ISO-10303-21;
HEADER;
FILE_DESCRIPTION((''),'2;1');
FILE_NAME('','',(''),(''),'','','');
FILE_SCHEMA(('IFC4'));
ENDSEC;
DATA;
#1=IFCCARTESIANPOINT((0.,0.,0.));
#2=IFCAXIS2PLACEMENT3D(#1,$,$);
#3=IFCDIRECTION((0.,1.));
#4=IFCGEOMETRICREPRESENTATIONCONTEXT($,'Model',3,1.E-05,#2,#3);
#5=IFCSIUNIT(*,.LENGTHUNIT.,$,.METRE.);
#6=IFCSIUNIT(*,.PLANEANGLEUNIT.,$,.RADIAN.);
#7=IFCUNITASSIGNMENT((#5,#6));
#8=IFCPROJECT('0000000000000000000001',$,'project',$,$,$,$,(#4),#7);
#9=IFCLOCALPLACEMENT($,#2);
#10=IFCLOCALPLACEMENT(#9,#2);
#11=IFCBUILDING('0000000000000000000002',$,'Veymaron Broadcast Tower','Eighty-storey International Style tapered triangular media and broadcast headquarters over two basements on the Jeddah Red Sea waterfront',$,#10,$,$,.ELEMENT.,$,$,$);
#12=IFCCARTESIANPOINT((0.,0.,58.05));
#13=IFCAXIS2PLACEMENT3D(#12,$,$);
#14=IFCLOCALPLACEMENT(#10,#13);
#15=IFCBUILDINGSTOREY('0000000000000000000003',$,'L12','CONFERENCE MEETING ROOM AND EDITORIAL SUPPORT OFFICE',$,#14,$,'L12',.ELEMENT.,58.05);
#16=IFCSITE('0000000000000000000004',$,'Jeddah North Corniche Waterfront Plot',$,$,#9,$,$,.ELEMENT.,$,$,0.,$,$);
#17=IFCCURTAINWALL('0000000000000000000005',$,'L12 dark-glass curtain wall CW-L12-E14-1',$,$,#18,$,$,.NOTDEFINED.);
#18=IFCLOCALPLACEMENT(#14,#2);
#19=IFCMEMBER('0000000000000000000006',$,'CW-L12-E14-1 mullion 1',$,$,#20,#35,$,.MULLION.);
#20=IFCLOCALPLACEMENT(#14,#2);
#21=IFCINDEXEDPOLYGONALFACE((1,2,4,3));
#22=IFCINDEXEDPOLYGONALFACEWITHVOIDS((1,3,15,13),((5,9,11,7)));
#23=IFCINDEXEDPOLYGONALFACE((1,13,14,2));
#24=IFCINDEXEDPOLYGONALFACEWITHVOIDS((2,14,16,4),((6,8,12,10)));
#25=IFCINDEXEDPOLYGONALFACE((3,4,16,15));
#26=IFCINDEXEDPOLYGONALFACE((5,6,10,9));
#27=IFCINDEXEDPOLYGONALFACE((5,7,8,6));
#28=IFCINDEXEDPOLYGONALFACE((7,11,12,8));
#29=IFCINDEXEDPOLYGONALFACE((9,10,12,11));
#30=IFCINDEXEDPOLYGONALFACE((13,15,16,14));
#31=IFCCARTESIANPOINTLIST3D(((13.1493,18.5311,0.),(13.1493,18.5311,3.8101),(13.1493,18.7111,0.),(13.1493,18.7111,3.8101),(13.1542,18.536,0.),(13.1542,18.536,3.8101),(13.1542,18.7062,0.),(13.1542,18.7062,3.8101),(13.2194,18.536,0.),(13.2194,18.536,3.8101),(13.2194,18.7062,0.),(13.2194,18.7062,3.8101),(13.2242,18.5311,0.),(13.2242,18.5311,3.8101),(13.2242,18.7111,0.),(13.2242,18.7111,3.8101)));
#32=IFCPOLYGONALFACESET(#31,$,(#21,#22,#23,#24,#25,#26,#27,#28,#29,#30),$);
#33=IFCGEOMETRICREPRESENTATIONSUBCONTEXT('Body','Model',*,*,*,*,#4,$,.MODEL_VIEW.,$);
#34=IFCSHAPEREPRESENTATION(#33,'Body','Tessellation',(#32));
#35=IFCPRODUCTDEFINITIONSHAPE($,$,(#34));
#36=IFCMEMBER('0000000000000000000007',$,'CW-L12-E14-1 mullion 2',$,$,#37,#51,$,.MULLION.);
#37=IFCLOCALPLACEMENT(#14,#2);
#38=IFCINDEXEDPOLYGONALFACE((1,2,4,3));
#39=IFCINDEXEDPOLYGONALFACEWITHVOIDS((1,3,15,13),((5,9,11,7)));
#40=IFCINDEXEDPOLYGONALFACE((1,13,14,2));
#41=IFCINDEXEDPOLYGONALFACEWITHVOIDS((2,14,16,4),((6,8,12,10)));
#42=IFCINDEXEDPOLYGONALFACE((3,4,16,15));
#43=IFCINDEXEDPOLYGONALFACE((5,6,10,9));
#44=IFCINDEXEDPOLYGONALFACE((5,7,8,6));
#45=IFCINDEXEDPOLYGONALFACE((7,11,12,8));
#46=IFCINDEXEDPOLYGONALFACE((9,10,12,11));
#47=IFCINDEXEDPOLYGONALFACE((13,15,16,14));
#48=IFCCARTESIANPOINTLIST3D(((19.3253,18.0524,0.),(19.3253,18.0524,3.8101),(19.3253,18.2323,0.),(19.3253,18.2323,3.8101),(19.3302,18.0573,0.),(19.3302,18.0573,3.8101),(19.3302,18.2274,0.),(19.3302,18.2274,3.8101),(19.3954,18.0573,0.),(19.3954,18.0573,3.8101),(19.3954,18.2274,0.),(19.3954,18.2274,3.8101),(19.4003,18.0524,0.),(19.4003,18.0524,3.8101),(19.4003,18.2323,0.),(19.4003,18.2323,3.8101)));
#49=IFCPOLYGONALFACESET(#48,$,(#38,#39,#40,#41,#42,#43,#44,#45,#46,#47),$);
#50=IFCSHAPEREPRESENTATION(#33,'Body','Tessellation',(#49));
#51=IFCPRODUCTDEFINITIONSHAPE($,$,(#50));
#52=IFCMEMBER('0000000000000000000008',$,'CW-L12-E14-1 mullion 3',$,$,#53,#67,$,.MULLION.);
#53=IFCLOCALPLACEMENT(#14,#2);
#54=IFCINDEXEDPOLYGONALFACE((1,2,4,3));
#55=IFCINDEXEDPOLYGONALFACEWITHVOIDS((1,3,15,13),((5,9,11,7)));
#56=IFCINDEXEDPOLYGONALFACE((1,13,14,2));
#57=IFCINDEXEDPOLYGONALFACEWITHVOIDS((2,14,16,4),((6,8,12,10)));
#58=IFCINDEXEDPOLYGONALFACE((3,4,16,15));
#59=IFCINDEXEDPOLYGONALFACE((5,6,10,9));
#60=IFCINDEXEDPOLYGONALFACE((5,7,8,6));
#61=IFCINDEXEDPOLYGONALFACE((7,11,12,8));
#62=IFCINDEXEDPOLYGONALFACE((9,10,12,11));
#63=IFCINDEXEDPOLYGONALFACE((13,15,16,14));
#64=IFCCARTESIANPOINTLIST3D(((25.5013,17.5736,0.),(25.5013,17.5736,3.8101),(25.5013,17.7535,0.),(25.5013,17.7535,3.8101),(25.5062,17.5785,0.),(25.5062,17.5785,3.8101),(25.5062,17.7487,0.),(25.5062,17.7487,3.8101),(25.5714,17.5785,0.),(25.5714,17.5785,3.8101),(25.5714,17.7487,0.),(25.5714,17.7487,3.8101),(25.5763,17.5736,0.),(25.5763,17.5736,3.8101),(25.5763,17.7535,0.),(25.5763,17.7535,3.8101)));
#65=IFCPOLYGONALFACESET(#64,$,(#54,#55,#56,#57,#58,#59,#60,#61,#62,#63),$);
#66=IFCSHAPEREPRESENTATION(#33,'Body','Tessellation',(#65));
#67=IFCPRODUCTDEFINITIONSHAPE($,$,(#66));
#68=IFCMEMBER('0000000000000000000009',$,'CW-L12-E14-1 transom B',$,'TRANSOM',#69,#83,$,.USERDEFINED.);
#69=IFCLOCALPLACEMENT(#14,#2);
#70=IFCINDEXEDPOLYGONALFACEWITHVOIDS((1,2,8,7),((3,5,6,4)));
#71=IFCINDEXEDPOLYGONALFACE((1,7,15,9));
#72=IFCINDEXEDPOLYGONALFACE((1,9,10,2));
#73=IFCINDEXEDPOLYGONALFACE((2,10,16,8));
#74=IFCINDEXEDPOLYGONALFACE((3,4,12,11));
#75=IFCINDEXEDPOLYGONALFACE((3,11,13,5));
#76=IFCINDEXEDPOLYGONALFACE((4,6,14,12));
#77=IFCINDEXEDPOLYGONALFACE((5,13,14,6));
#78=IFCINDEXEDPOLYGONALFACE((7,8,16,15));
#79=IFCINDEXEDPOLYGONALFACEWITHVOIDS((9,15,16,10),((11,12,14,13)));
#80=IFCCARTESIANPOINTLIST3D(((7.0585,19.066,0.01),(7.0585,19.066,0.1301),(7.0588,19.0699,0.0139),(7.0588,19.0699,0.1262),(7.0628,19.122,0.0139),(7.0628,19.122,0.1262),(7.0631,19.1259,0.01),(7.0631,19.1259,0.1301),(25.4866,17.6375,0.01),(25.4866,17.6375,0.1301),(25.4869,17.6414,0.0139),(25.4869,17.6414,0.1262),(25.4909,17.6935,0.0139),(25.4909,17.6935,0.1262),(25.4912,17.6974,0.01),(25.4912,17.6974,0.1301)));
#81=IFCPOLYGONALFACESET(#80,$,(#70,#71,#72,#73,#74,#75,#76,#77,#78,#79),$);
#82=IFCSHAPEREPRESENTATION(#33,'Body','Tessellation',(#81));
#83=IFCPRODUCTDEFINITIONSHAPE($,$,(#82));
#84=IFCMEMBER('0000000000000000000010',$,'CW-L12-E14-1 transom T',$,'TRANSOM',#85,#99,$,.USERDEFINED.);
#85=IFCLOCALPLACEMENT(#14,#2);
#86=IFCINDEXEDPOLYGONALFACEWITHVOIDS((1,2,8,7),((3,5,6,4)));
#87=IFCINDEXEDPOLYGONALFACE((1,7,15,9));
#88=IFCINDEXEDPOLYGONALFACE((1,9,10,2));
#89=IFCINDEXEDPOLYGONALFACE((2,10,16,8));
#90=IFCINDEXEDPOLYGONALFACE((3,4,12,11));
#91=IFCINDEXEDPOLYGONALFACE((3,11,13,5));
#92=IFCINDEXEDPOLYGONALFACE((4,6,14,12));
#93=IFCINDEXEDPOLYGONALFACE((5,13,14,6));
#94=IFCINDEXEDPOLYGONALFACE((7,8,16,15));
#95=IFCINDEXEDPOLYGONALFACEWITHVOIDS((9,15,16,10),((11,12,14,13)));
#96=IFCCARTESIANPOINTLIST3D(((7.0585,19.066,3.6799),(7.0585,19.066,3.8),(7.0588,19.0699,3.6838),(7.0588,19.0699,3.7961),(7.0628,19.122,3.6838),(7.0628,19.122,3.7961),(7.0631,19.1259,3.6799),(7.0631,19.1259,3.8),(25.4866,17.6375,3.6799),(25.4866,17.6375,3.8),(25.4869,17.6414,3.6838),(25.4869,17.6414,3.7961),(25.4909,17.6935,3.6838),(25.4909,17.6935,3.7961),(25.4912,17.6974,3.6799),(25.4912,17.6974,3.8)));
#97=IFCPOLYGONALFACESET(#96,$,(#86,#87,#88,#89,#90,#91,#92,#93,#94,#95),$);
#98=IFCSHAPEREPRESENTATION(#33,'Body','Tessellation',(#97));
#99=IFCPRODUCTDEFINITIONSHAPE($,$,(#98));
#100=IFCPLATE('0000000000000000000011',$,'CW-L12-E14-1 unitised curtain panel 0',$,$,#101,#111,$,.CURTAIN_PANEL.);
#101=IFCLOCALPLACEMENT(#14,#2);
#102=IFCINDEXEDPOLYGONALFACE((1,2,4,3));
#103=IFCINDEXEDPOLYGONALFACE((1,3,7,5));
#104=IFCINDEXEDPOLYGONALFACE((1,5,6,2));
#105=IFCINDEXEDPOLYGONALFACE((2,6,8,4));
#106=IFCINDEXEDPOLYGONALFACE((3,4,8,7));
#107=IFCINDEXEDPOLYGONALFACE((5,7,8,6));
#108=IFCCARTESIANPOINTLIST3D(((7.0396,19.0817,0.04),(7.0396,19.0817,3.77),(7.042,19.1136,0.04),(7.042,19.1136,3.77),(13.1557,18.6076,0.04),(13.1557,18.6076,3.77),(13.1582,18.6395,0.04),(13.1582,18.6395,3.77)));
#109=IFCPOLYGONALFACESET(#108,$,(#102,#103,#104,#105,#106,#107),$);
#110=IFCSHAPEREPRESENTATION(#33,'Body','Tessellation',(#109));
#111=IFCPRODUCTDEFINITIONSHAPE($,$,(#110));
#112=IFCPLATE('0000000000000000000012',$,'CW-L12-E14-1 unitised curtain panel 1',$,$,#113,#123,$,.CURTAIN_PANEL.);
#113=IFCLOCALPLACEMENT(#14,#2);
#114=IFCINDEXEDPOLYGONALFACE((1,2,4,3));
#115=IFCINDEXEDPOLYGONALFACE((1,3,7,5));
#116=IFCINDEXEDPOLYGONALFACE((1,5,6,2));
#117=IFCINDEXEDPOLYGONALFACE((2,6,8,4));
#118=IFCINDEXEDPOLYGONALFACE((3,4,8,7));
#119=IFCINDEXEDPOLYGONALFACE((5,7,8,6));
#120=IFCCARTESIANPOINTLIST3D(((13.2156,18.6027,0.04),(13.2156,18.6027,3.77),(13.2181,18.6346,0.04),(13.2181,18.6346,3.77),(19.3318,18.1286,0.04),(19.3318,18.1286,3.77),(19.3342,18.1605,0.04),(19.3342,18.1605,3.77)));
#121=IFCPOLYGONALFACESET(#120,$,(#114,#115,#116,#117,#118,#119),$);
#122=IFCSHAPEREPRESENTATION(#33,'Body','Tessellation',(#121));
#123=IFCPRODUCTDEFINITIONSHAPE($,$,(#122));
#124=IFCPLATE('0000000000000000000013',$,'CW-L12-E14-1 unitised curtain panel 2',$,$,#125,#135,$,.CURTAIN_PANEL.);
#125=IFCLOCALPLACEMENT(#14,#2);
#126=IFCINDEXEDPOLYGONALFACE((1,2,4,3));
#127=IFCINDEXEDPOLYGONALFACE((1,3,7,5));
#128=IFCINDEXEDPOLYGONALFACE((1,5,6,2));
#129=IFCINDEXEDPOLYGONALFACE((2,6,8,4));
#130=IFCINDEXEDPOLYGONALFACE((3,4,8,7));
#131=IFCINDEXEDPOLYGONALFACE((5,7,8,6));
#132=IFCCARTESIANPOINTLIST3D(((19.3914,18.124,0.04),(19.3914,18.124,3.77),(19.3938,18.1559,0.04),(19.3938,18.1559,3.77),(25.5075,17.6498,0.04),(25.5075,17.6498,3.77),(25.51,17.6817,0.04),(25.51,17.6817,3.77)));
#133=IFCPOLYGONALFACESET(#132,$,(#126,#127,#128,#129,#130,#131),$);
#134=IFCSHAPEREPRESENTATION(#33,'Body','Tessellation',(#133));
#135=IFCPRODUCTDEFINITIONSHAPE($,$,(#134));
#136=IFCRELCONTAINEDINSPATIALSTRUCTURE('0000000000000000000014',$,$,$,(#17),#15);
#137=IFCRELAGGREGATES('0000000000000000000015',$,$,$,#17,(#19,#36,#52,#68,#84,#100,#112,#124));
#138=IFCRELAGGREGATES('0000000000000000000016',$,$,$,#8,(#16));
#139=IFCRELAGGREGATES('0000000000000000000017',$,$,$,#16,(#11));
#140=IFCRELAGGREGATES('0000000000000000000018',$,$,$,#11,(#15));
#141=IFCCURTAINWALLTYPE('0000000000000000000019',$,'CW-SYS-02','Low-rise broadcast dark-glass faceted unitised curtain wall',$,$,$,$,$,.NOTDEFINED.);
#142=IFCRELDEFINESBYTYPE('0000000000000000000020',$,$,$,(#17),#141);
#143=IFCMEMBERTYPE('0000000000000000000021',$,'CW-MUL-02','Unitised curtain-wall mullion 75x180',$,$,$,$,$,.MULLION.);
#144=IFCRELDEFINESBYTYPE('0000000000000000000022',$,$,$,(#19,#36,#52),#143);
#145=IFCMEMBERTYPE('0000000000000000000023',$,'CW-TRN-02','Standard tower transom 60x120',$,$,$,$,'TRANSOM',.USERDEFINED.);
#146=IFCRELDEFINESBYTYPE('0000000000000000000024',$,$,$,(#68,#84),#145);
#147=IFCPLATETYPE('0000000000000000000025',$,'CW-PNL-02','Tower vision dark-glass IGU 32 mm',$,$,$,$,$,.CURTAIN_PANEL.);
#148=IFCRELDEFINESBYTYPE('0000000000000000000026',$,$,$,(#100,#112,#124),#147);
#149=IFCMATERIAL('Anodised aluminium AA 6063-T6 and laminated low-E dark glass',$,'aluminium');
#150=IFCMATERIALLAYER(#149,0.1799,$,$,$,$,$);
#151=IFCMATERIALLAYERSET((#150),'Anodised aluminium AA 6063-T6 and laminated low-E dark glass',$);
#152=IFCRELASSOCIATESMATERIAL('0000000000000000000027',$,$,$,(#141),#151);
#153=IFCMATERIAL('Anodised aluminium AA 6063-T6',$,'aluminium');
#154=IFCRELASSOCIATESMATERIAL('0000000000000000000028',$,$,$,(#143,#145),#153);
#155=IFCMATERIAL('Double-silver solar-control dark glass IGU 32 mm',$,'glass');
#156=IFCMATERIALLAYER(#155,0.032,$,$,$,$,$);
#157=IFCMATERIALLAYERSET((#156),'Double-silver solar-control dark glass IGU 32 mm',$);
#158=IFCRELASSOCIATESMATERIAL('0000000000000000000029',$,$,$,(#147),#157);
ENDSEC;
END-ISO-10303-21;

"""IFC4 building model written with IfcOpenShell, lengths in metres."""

from ifc_helpers import new_model, si_unit, direction, frame, origin, origin_2d, place, context, subcontext, project, spatial, rectangle, hollow_rectangle, extrude, material, layer, layer_set, material_profile, profile_set, type_object, element, aggregate, save


model = new_model("IFC4")

# Units and contexts
model_context = context("Model", 3, precision=1e-05, world=origin(), true_north=direction((0.0, 1.0)))
body_context = subcontext(model_context, "Body", "Model", "MODEL_VIEW")
ifc_project = project(units=[si_unit("LENGTHUNIT", "METRE"), si_unit("PLANEANGLEUNIT", "RADIAN")], contexts=[model_context])

# Site, building, storey
site_placement = place(None, origin())
site = spatial("IfcSite", under=ifc_project, at=site_placement, Name="Jeddah North Corniche Waterfront Plot", CompositionType="ELEMENT", RefElevation=0.0)
building_placement = place(site_placement, origin())
building = spatial("IfcBuilding", under=site, at=building_placement, Name="Veymaron Broadcast Tower", Description="Eighty-storey International Style tapered triangular media and broadcast headquarters over two basements on the Jeddah Red Sea waterfront", CompositionType="ELEMENT")
storey_placement = place(building_placement, frame((0.0, 0.0, 58.05)))
storey = spatial("IfcBuildingStorey", under=building, at=storey_placement, Name="L12", Description="CONFERENCE MEETING ROOM AND EDITORIAL SUPPORT OFFICE", LongName="L12", CompositionType="ELEMENT", Elevation=58.05)

# Curtain wall, members, plates
ifc_material_1 = material(Name="Anodised aluminium AA 6063-T6 and laminated low-E dark glass", Category="aluminium")
ifc_layer_1 = layer(ifc_material_1, 0.1799)
ifc_layer_set_1 = layer_set([ifc_layer_1], Name="Anodised aluminium AA 6063-T6 and laminated low-E dark glass")
curtain_wall_type = type_object("IfcCurtainWallType", Name="CW-SYS-02", Description="Low-rise broadcast dark-glass faceted unitised curtain wall", PredefinedType="NOTDEFINED", material=ifc_layer_set_1)
curtain_wall_placement = place(storey_placement, origin())
curtain_wall = element("IfcCurtainWall", 1, at=curtain_wall_placement, inside=storey, type_object=curtain_wall_type, Name="L12 dark-glass curtain wall CW-L12-E14-1", PredefinedType="NOTDEFINED")
ifc_material_2 = material(Name="Anodised aluminium AA 6063-T6", Category="aluminium")
ifc_material_profile_1 = material_profile(ifc_material_2, hollow_rectangle(XDim=0.075, YDim=0.1799, WallThickness=0.0049, at=origin_2d()), Name="AL180X75X5")
ifc_profile_set_1 = profile_set([ifc_material_profile_1], Name="Anodised aluminium AA 6063-T6")
member_type_1 = type_object("IfcMemberType", Name="CW-MUL-02", Description="Unitised curtain-wall mullion 75x180", PredefinedType="MULLION", material=ifc_profile_set_1)
member_1_placement = place(storey_placement, frame((13.1868, 18.6211, 0.0), z_axis=(0.0, 0.0, 1.0), x_axis=(1.0, 0.0, 0.0)))
member_1 = element("IfcMember", 2, at=member_1_placement, type_object=member_type_1, Name="CW-L12-E14-1 mullion 1", PredefinedType="MULLION", context=body_context, shape_type="SweptSolid", body=[
    extrude(hollow_rectangle(XDim=0.075, YDim=0.1799, WallThickness=0.0049, at=origin_2d()), origin(), (0.0, 0.0, 1.0), 3.8101),
])
member_2_placement = place(storey_placement, frame((19.3628, 18.1423, 0.0), z_axis=(0.0, 0.0, 1.0), x_axis=(1.0, 0.0, 0.0)))
member_2 = element("IfcMember", 3, at=member_2_placement, type_object=member_type_1, Name="CW-L12-E14-1 mullion 2", PredefinedType="MULLION", context=body_context, shape_type="SweptSolid", body=[
    extrude(hollow_rectangle(XDim=0.075, YDim=0.1799, WallThickness=0.0049, at=origin_2d()), origin(), (0.0, 0.0, 1.0), 3.8101),
])
member_3_placement = place(storey_placement, frame((25.5388, 17.6636, 0.0), z_axis=(0.0, 0.0, 1.0), x_axis=(1.0, 0.0, 0.0)))
member_3 = element("IfcMember", 4, at=member_3_placement, type_object=member_type_1, Name="CW-L12-E14-1 mullion 3", PredefinedType="MULLION", context=body_context, shape_type="SweptSolid", body=[
    extrude(hollow_rectangle(XDim=0.075, YDim=0.1799, WallThickness=0.0049, at=origin_2d()), origin(), (0.0, 0.0, 1.0), 3.8101),
])
ifc_material_profile_2 = material_profile(ifc_material_2, hollow_rectangle(XDim=0.0601, YDim=0.1201, WallThickness=0.0039, at=origin_2d()), Name="AL120X60X4")
ifc_profile_set_2 = profile_set([ifc_material_profile_2], Name="Anodised aluminium AA 6063-T6")
member_type_2 = type_object("IfcMemberType", Name="CW-TRN-02", Description="Standard tower transom 60x120", ElementType="TRANSOM", PredefinedType="USERDEFINED", material=ifc_profile_set_2)
member_4_placement = place(storey_placement, frame((7.0608, 19.0959, 0.0701), z_axis=(0.997009, -0.077283, 0.0), x_axis=(0.077283, 0.997009, 0.0)))
member_4 = element("IfcMember", 5, at=member_4_placement, type_object=member_type_2, Name="CW-L12-E14-1 transom B", ObjectType="TRANSOM", PredefinedType="USERDEFINED", context=body_context, shape_type="SweptSolid", body=[
    extrude(hollow_rectangle(XDim=0.0601, YDim=0.1201, WallThickness=0.0039, at=origin_2d()), origin(), (0.0, 0.0, 1.0), 18.4834),
])
member_5_placement = place(storey_placement, frame((7.0608, 19.0959, 3.74), z_axis=(0.997009, -0.077283, 0.0), x_axis=(0.077283, 0.997009, 0.0)))
member_5 = element("IfcMember", 6, at=member_5_placement, type_object=member_type_2, Name="CW-L12-E14-1 transom T", ObjectType="TRANSOM", PredefinedType="USERDEFINED", context=body_context, shape_type="SweptSolid", body=[
    extrude(hollow_rectangle(XDim=0.0601, YDim=0.1201, WallThickness=0.0039, at=origin_2d()), origin(), (0.0, 0.0, 1.0), 18.4834),
])
ifc_material_3 = material(Name="Double-silver solar-control dark glass IGU 32 mm", Category="glass")
ifc_layer_2 = layer(ifc_material_3, 0.032)
ifc_layer_set_2 = layer_set([ifc_layer_2], Name="Double-silver solar-control dark glass IGU 32 mm")
plate_type = type_object("IfcPlateType", Name="CW-PNL-02", Description="Tower vision dark-glass IGU 32 mm", PredefinedType="CURTAIN_PANEL", material=ifc_layer_set_2)
plate_1_placement = place(storey_placement, frame((10.0989, 18.8606, 0.04), z_axis=(0.0, 0.0, 1.0), x_axis=(0.997008, -0.077293, 0.0)))
plate_1 = element("IfcPlate", 7, at=plate_1_placement, type_object=plate_type, Name="CW-L12-E14-1 unitised curtain panel 0", PredefinedType="CURTAIN_PANEL", context=body_context, shape_type="SweptSolid", body=[
    extrude(rectangle(XDim=6.1345, YDim=0.032, at=origin_2d()), origin(), (0.0, 0.0, 1.0), 3.73),
])
plate_2_placement = place(storey_placement, frame((16.2749, 18.3816, 0.04), z_axis=(0.0, 0.0, 1.0), x_axis=(0.997008, -0.077293, 0.0)))
plate_2 = element("IfcPlate", 8, at=plate_2_placement, type_object=plate_type, Name="CW-L12-E14-1 unitised curtain panel 1", PredefinedType="CURTAIN_PANEL", context=body_context, shape_type="SweptSolid", body=[
    extrude(rectangle(XDim=6.1345, YDim=0.032, at=origin_2d()), origin(), (0.0, 0.0, 1.0), 3.73),
])
plate_3_placement = place(storey_placement, frame((22.4507, 17.9028, 0.04), z_axis=(0.0, 0.0, 1.0), x_axis=(0.997008, -0.077293, 0.0)))
plate_3 = element("IfcPlate", 9, at=plate_3_placement, type_object=plate_type, Name="CW-L12-E14-1 unitised curtain panel 2", PredefinedType="CURTAIN_PANEL", context=body_context, shape_type="SweptSolid", body=[
    extrude(rectangle(XDim=6.1345, YDim=0.032, at=origin_2d()), origin(), (0.0, 0.0, 1.0), 3.73),
])
aggregate(curtain_wall, [member_1, member_2, member_3, member_4, member_5, plate_1, plate_2, plate_3])

save(model, "model.ifc")
